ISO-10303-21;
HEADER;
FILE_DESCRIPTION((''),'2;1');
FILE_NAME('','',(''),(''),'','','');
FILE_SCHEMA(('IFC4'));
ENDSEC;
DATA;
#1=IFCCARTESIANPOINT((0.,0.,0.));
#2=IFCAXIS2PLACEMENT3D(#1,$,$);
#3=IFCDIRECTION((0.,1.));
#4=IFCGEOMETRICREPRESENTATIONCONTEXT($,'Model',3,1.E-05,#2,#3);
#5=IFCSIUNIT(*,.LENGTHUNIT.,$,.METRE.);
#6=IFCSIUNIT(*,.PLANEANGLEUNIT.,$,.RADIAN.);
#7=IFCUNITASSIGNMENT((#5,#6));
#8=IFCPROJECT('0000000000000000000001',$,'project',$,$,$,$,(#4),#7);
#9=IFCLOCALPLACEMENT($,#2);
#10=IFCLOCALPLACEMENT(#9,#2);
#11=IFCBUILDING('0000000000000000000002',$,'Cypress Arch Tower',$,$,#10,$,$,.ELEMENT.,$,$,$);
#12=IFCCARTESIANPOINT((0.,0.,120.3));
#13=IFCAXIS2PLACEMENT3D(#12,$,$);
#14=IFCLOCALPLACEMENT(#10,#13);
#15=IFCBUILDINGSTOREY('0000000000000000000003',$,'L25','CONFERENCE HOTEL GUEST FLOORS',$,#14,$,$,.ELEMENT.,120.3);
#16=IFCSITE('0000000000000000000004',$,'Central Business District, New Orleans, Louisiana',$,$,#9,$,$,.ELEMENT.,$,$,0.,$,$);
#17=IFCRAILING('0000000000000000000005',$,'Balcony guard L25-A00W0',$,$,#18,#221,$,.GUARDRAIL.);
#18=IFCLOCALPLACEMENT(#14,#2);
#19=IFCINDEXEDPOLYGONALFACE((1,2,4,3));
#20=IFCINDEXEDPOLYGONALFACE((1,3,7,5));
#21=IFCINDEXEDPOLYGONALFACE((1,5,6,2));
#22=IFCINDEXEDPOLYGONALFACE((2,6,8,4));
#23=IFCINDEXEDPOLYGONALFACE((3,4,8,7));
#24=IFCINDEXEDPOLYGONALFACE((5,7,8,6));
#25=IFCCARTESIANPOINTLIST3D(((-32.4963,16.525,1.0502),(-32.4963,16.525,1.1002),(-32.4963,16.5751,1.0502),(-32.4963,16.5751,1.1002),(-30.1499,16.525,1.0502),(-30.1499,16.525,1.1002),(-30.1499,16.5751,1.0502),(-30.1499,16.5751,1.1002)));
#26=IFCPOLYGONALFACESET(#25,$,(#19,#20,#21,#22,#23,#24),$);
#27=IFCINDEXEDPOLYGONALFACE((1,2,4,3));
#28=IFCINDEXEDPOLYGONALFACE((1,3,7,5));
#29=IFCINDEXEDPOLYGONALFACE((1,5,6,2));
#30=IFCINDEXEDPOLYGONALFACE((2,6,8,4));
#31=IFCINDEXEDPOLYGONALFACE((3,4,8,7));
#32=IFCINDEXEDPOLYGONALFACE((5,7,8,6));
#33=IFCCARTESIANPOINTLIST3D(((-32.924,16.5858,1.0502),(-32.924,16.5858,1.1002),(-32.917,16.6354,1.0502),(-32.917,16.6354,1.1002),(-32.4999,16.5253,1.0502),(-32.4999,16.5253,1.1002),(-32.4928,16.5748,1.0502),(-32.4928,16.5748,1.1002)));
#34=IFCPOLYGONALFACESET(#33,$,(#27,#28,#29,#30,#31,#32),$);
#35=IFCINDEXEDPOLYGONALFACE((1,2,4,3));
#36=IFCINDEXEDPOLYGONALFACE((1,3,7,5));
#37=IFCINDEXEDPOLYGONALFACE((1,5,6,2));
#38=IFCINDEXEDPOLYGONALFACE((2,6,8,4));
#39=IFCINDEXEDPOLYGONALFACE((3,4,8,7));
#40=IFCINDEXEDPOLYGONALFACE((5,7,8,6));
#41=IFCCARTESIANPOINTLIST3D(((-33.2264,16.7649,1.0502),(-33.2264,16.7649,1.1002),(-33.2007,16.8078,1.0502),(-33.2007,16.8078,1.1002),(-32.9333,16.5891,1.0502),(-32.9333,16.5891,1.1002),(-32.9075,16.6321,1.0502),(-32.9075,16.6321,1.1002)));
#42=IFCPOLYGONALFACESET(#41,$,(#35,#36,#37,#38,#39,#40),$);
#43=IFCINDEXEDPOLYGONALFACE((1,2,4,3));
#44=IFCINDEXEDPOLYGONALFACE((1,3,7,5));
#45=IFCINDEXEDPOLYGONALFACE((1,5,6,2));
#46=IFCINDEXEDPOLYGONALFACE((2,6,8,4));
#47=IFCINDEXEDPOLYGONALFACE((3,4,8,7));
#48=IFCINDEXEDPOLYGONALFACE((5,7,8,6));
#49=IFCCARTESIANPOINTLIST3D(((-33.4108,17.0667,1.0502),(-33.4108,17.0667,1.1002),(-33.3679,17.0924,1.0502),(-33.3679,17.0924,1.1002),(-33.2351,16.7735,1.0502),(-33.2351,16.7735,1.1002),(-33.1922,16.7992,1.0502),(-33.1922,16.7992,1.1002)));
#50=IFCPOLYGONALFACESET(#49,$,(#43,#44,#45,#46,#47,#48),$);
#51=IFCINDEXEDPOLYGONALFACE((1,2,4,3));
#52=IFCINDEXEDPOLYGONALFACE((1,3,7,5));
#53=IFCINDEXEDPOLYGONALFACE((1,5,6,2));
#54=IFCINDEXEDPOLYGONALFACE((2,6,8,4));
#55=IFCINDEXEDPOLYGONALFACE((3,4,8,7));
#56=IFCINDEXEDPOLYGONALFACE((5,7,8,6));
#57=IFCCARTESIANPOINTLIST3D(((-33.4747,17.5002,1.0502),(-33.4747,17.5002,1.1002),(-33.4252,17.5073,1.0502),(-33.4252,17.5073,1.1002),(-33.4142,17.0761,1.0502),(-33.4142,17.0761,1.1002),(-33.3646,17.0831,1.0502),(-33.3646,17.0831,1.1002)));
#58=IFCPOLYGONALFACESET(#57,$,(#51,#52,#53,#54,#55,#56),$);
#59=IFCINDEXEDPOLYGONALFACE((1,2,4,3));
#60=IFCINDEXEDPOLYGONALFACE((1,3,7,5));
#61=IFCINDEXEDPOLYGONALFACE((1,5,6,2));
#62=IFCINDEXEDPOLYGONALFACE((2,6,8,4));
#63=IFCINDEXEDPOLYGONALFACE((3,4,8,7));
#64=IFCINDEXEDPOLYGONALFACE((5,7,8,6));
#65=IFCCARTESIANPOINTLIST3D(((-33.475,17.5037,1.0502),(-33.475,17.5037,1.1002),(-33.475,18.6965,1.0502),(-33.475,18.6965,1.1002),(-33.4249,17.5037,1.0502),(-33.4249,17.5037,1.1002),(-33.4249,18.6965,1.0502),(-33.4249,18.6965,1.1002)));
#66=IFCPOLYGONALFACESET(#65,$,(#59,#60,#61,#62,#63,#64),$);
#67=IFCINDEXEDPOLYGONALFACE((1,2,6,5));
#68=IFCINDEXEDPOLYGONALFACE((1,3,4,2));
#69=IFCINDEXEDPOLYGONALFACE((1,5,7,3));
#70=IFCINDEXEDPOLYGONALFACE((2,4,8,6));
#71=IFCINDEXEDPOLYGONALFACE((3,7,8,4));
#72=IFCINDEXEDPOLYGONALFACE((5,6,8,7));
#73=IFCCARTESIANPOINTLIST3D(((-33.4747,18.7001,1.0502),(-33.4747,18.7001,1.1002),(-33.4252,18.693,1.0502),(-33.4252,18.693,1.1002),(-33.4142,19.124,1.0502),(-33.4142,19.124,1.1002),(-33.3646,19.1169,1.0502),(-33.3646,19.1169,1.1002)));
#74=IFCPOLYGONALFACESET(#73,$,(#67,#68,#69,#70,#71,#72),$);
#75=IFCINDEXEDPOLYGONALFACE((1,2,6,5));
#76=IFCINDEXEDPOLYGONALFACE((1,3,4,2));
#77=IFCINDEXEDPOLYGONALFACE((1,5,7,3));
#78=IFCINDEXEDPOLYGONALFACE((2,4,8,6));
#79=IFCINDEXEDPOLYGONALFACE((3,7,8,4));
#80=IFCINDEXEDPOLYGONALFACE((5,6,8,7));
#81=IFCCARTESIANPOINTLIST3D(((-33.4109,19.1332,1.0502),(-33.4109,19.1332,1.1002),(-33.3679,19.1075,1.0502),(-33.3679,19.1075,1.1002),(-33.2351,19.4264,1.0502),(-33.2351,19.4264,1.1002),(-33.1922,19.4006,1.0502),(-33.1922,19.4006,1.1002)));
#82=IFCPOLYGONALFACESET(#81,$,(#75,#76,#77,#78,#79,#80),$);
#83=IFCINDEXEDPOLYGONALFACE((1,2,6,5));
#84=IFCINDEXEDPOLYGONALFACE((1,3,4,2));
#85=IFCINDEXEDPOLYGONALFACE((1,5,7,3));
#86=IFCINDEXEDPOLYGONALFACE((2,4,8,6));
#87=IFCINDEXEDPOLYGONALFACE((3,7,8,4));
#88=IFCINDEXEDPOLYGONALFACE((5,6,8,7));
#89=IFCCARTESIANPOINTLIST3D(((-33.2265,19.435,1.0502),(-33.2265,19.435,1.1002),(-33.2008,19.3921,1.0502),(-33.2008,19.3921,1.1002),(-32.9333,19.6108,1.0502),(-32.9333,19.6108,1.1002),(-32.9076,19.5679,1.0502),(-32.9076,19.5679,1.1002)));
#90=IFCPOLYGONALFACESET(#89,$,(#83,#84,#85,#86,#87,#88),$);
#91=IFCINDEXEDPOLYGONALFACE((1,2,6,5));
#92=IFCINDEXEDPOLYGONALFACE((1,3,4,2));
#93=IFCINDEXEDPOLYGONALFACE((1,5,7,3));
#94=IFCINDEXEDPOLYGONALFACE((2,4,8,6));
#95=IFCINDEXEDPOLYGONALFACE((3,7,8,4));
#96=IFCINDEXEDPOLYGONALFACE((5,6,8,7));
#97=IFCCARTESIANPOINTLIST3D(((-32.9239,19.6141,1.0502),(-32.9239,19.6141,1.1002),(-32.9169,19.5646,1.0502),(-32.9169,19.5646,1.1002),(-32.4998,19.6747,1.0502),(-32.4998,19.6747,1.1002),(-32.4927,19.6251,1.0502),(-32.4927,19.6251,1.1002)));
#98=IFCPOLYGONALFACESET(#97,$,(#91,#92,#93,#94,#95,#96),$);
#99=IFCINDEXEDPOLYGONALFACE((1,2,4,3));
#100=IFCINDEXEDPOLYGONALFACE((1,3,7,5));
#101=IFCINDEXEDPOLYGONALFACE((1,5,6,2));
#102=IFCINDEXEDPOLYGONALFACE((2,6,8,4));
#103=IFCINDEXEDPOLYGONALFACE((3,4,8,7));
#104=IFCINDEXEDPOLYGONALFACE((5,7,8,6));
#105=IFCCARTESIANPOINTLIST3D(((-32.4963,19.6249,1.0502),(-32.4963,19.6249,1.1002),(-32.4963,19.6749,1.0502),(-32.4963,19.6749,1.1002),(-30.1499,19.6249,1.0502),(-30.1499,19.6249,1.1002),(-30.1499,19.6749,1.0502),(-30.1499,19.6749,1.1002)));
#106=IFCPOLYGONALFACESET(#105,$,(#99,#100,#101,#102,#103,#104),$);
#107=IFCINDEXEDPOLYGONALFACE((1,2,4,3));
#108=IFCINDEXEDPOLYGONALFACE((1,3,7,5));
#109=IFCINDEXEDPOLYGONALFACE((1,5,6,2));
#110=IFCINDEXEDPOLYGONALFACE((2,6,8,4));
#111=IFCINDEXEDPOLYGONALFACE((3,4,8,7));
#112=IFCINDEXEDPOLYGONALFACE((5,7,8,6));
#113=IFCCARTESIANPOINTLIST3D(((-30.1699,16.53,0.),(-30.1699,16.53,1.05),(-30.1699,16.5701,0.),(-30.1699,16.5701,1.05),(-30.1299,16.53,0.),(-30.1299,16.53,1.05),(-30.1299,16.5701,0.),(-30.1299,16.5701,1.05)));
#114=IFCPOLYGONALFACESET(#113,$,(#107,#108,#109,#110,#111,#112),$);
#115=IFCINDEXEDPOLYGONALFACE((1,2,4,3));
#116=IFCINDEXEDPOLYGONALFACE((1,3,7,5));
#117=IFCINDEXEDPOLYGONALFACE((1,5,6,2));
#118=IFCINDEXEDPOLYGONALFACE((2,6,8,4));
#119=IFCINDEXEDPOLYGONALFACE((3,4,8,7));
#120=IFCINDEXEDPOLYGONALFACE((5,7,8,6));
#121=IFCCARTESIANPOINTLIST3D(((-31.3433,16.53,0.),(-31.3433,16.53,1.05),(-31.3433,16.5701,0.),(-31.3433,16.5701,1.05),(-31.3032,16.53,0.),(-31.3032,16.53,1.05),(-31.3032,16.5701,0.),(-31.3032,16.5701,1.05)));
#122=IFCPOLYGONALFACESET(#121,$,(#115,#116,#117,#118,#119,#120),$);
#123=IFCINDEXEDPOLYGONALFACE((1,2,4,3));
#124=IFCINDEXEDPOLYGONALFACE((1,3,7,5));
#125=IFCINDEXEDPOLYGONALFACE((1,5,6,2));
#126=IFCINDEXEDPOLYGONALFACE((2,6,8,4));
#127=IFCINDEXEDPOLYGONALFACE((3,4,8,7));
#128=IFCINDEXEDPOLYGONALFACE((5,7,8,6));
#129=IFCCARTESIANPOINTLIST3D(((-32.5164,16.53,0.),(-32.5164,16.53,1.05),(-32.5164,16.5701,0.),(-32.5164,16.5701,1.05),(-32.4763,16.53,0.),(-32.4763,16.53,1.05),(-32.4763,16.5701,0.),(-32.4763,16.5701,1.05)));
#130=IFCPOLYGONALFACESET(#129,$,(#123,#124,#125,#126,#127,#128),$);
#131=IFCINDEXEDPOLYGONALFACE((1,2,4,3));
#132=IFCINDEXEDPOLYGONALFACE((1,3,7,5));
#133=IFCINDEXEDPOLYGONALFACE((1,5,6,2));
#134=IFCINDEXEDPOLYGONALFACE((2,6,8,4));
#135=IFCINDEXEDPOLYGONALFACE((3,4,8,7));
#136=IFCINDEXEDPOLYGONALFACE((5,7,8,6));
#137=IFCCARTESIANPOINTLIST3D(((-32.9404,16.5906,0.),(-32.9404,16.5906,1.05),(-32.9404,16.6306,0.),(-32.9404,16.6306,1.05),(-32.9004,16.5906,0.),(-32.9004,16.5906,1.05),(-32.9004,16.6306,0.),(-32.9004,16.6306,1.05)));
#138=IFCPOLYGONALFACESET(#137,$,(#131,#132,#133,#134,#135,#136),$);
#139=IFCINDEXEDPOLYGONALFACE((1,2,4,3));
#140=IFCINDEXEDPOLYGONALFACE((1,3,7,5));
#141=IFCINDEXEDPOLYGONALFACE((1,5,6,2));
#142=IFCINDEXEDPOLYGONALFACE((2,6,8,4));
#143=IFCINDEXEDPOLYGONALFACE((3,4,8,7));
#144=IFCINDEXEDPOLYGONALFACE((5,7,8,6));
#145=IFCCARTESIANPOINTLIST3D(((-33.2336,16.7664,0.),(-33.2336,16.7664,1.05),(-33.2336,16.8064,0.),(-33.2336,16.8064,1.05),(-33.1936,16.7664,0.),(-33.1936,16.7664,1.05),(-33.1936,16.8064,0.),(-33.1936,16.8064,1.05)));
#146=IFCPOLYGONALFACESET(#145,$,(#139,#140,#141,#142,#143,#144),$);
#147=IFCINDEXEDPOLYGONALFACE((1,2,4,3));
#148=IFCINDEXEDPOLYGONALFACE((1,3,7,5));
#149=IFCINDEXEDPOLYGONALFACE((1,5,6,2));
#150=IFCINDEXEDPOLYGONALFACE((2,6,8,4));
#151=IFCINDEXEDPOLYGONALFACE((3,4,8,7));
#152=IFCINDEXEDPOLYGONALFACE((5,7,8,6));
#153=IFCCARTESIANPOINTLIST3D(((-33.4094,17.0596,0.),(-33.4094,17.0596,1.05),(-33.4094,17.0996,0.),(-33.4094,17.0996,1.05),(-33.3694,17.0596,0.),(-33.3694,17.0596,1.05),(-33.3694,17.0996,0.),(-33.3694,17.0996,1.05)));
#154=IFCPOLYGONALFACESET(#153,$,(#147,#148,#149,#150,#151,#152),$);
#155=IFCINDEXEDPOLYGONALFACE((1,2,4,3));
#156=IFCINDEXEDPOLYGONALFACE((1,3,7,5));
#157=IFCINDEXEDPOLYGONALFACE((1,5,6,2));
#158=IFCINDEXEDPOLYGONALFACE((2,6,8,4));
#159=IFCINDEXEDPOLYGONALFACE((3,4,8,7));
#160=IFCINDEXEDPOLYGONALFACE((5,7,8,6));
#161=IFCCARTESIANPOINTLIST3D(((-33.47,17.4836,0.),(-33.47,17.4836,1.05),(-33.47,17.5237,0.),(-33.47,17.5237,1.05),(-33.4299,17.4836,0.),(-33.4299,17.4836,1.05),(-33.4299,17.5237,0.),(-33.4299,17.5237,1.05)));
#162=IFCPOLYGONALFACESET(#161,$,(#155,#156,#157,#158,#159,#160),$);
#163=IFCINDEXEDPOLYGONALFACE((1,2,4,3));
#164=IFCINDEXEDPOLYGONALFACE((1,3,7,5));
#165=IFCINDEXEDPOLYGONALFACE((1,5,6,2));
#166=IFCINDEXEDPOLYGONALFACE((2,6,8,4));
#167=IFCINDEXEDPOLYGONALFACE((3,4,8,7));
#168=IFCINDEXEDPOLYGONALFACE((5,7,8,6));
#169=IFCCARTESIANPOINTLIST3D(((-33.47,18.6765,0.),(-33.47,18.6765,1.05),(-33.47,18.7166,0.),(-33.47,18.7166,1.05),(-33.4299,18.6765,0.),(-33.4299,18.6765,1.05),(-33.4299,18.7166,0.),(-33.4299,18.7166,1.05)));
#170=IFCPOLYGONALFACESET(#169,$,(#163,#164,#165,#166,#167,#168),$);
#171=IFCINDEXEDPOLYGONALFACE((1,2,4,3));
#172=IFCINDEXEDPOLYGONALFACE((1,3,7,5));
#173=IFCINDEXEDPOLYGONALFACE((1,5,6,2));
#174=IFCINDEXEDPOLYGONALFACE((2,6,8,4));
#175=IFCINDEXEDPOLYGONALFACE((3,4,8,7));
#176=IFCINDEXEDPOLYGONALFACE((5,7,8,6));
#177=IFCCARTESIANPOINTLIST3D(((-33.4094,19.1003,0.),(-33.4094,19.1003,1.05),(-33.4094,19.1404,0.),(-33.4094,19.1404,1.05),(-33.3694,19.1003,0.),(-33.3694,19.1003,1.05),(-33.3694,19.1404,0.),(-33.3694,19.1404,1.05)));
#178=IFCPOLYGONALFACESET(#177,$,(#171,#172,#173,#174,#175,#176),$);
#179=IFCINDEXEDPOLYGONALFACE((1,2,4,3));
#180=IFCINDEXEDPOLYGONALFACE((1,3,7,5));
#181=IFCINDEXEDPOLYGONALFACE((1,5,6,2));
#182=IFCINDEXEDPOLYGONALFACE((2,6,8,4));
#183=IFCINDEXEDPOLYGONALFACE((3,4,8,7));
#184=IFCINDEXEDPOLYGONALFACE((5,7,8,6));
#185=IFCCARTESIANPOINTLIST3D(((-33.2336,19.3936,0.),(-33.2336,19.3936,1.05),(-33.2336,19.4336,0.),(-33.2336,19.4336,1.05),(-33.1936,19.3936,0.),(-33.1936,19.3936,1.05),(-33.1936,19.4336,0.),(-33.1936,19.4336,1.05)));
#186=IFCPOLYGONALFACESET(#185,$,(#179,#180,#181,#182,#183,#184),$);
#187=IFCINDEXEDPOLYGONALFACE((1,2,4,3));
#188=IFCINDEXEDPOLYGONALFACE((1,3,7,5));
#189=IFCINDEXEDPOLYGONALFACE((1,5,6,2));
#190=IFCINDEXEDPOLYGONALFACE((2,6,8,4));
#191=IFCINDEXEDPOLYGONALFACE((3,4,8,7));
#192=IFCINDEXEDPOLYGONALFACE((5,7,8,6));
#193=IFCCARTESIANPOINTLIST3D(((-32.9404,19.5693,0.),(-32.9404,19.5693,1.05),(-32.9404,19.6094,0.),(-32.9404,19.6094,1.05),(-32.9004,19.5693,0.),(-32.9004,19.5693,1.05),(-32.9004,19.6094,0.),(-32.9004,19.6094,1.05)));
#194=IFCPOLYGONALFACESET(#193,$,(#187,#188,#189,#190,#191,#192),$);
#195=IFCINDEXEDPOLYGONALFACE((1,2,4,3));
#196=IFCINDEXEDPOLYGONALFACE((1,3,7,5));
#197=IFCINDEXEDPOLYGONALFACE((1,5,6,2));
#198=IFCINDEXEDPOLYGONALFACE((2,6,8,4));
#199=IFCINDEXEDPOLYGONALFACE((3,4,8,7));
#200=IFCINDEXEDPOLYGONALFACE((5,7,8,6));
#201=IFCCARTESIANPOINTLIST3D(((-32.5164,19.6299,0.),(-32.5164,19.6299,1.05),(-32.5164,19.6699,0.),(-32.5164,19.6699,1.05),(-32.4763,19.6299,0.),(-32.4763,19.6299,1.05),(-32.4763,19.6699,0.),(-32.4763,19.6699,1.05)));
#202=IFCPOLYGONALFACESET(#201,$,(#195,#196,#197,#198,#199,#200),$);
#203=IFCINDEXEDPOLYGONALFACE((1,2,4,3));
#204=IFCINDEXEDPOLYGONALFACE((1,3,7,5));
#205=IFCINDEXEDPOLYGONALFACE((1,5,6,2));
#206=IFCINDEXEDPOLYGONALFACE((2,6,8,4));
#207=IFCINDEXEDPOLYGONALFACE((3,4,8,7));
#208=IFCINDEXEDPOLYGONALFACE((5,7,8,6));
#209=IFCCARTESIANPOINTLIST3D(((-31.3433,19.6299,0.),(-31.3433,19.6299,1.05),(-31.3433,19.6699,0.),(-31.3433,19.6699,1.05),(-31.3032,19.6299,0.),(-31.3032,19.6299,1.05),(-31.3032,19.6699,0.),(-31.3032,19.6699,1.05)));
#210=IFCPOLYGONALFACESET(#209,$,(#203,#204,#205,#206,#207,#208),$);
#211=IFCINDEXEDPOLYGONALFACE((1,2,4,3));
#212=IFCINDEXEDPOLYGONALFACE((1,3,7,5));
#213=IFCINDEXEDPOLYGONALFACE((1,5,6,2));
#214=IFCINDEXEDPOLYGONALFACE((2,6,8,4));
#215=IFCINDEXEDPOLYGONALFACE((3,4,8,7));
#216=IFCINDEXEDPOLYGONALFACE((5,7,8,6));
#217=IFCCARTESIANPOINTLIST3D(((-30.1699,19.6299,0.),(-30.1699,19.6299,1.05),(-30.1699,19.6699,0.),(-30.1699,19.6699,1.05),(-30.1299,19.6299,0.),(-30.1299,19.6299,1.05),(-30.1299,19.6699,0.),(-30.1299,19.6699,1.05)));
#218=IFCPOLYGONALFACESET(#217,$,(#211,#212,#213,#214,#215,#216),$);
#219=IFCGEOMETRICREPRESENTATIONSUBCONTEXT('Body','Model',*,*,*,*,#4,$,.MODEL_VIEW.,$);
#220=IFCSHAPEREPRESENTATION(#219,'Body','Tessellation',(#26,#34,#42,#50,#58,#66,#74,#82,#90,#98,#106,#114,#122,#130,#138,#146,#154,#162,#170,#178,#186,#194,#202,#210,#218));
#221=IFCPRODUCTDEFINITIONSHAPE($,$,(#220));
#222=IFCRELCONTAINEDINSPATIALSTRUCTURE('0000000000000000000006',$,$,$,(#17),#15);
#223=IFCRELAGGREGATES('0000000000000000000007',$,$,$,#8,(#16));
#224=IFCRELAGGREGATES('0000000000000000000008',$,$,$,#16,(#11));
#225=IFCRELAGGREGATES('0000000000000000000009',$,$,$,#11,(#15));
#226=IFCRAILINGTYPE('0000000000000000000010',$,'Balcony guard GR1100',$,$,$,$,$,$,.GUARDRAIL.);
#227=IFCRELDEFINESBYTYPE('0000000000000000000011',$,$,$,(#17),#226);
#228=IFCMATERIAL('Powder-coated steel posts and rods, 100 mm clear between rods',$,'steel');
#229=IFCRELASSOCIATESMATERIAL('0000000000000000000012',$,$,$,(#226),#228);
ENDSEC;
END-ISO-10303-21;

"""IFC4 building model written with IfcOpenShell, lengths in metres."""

from ifc_helpers import new_model, si_unit, direction, frame, origin, origin_2d, place, context, subcontext, project, spatial, rectangle, extrude, material, type_object, element, save


model = new_model("IFC4")

# Units and contexts
model_context = context("Model", 3, precision=1e-05, world=origin(), true_north=direction((0.0, 1.0)))
body_context = subcontext(model_context, "Body", "Model", "MODEL_VIEW")
ifc_project = project(units=[si_unit("LENGTHUNIT", "METRE"), si_unit("PLANEANGLEUNIT", "RADIAN")], contexts=[model_context])

# Site, building, storey
site_placement = place(None, origin())
site = spatial("IfcSite", under=ifc_project, at=site_placement, Name="Central Business District, New Orleans, Louisiana", CompositionType="ELEMENT", RefElevation=0.0)
building_placement = place(site_placement, origin())
building = spatial("IfcBuilding", under=site, at=building_placement, Name="Cypress Arch Tower", CompositionType="ELEMENT")
storey_placement = place(building_placement, frame((0.0, 0.0, 120.3)))
storey = spatial("IfcBuildingStorey", under=building, at=storey_placement, Name="L25", Description="CONFERENCE HOTEL GUEST FLOORS", CompositionType="ELEMENT", Elevation=120.3)

# Railing
ifc_material_1 = material(Name="Powder-coated steel posts and rods, 100 mm clear between rods", Category="steel")
railing_type_1 = type_object("IfcRailingType", Name="Balcony guard GR1100", PredefinedType="GUARDRAIL", material=ifc_material_1)
railing_1_placement = place(storey_placement, frame((-30.1499, 16.55, 0.0)))
element("IfcRailing", 1, at=railing_1_placement, inside=storey, type_object=railing_type_1, Name="Balcony guard L25-A00W0", PredefinedType="GUARDRAIL", context=body_context, shape_type="SweptSolid", body=[
    extrude(rectangle(XDim=0.05, YDim=0.05, at=origin_2d()), frame((0.0, 0.0, 1.0752), z_axis=(-1.0, 0.0, 0.0), x_axis=(0.0, -1.0, 0.0)), (0.0, 0.0, 1.0), 2.3464),
    extrude(rectangle(XDim=0.05, YDim=0.05, at=origin_2d()), frame((-2.3464, 0.0, 1.0752), z_axis=(-0.989961, 0.141342, 0.0), x_axis=(-0.141342, -0.989961, 0.0)), (0.0, 0.0, 1.0), 0.4285),
    extrude(rectangle(XDim=0.05, YDim=0.05, at=origin_2d()), frame((-2.7705, 0.0605, 1.0752), z_axis=(-0.857682, 0.514181, 0.0), x_axis=(-0.514181, -0.857682, 0.0)), (0.0, 0.0, 1.0), 0.3418),
    extrude(rectangle(XDim=0.05, YDim=0.05, at=origin_2d()), frame((-3.0637, 0.2363, 1.0752), z_axis=(-0.514181, 0.857682, 0.0), x_axis=(-0.857682, -0.514181, 0.0)), (0.0, 0.0, 1.0), 0.3418),
    extrude(rectangle(XDim=0.05, YDim=0.05, at=origin_2d()), frame((-3.2395, 0.5295, 1.0752), z_axis=(-0.141342, 0.989961, 0.0), x_axis=(-0.989961, -0.141342, 0.0)), (0.0, 0.0, 1.0), 0.4285),
    extrude(rectangle(XDim=0.05, YDim=0.05, at=origin_2d()), frame((-3.3, 0.9536, 1.0752), z_axis=(0.0, 1.0, 0.0), x_axis=(-1.0, 0.0, 0.0)), (0.0, 0.0, 1.0), 1.1929),
    extrude(rectangle(XDim=0.05, YDim=0.05, at=origin_2d()), frame((-3.3, 2.1465, 1.0752), z_axis=(0.141421, 0.989949, 0.0), x_axis=(-0.989949, 0.141421, 0.0)), (0.0, 0.0, 1.0), 0.4282),
    extrude(rectangle(XDim=0.05, YDim=0.05, at=origin_2d()), frame((-3.2395, 2.5703, 1.0752), z_axis=(0.514181, 0.857682, 0.0), x_axis=(-0.857682, 0.514181, 0.0)), (0.0, 0.0, 1.0), 0.3418),
    extrude(rectangle(XDim=0.05, YDim=0.05, at=origin_2d()), frame((-3.0637, 2.8635, 1.0752), z_axis=(0.857682, 0.514181, 0.0), x_axis=(-0.514181, 0.857682, 0.0)), (0.0, 0.0, 1.0), 0.3418),
    extrude(rectangle(XDim=0.05, YDim=0.05, at=origin_2d()), frame((-2.7705, 3.0393, 1.0752), z_axis=(0.989961, 0.141342, 0.0), x_axis=(-0.141342, 0.989961, 0.0)), (0.0, 0.0, 1.0), 0.4285),
    extrude(rectangle(XDim=0.05, YDim=0.05, at=origin_2d()), frame((-2.3464, 3.0999, 1.0752), z_axis=(1.0, 0.0, 0.0), x_axis=(0.0, 1.0, 0.0)), (0.0, 0.0, 1.0), 2.3464),
    extrude(rectangle(XDim=0.04, YDim=0.04, at=origin_2d()), origin(), (0.0, 0.0, 1.0), 1.05),
    extrude(rectangle(XDim=0.04, YDim=0.04, at=origin_2d()), frame((-1.1733, 0.0, 0.0)), (0.0, 0.0, 1.0), 1.05),
    extrude(rectangle(XDim=0.04, YDim=0.04, at=origin_2d()), frame((-2.3464, 0.0, 0.0)), (0.0, 0.0, 1.0), 1.05),
    extrude(rectangle(XDim=0.04, YDim=0.04, at=origin_2d()), frame((-2.7705, 0.0605, 0.0)), (0.0, 0.0, 1.0), 1.05),
    extrude(rectangle(XDim=0.04, YDim=0.04, at=origin_2d()), frame((-3.0637, 0.2363, 0.0)), (0.0, 0.0, 1.0), 1.05),
    extrude(rectangle(XDim=0.04, YDim=0.04, at=origin_2d()), frame((-3.2395, 0.5295, 0.0)), (0.0, 0.0, 1.0), 1.05),
    extrude(rectangle(XDim=0.04, YDim=0.04, at=origin_2d()), frame((-3.3, 0.9536, 0.0)), (0.0, 0.0, 1.0), 1.05),
    extrude(rectangle(XDim=0.04, YDim=0.04, at=origin_2d()), frame((-3.3, 2.1465, 0.0)), (0.0, 0.0, 1.0), 1.05),
    extrude(rectangle(XDim=0.04, YDim=0.04, at=origin_2d()), frame((-3.2395, 2.5703, 0.0)), (0.0, 0.0, 1.0), 1.05),
    extrude(rectangle(XDim=0.04, YDim=0.04, at=origin_2d()), frame((-3.0637, 2.8635, 0.0)), (0.0, 0.0, 1.0), 1.05),
    extrude(rectangle(XDim=0.04, YDim=0.04, at=origin_2d()), frame((-2.7705, 3.0393, 0.0)), (0.0, 0.0, 1.0), 1.05),
    extrude(rectangle(XDim=0.04, YDim=0.04, at=origin_2d()), frame((-2.3464, 3.0999, 0.0)), (0.0, 0.0, 1.0), 1.05),
    extrude(rectangle(XDim=0.04, YDim=0.04, at=origin_2d()), frame((-1.1733, 3.0999, 0.0)), (0.0, 0.0, 1.0), 1.05),
    extrude(rectangle(XDim=0.04, YDim=0.04, at=origin_2d()), frame((0.0, 3.0999, 0.0)), (0.0, 0.0, 1.0), 1.05),
])

save(model, "model.ifc")
